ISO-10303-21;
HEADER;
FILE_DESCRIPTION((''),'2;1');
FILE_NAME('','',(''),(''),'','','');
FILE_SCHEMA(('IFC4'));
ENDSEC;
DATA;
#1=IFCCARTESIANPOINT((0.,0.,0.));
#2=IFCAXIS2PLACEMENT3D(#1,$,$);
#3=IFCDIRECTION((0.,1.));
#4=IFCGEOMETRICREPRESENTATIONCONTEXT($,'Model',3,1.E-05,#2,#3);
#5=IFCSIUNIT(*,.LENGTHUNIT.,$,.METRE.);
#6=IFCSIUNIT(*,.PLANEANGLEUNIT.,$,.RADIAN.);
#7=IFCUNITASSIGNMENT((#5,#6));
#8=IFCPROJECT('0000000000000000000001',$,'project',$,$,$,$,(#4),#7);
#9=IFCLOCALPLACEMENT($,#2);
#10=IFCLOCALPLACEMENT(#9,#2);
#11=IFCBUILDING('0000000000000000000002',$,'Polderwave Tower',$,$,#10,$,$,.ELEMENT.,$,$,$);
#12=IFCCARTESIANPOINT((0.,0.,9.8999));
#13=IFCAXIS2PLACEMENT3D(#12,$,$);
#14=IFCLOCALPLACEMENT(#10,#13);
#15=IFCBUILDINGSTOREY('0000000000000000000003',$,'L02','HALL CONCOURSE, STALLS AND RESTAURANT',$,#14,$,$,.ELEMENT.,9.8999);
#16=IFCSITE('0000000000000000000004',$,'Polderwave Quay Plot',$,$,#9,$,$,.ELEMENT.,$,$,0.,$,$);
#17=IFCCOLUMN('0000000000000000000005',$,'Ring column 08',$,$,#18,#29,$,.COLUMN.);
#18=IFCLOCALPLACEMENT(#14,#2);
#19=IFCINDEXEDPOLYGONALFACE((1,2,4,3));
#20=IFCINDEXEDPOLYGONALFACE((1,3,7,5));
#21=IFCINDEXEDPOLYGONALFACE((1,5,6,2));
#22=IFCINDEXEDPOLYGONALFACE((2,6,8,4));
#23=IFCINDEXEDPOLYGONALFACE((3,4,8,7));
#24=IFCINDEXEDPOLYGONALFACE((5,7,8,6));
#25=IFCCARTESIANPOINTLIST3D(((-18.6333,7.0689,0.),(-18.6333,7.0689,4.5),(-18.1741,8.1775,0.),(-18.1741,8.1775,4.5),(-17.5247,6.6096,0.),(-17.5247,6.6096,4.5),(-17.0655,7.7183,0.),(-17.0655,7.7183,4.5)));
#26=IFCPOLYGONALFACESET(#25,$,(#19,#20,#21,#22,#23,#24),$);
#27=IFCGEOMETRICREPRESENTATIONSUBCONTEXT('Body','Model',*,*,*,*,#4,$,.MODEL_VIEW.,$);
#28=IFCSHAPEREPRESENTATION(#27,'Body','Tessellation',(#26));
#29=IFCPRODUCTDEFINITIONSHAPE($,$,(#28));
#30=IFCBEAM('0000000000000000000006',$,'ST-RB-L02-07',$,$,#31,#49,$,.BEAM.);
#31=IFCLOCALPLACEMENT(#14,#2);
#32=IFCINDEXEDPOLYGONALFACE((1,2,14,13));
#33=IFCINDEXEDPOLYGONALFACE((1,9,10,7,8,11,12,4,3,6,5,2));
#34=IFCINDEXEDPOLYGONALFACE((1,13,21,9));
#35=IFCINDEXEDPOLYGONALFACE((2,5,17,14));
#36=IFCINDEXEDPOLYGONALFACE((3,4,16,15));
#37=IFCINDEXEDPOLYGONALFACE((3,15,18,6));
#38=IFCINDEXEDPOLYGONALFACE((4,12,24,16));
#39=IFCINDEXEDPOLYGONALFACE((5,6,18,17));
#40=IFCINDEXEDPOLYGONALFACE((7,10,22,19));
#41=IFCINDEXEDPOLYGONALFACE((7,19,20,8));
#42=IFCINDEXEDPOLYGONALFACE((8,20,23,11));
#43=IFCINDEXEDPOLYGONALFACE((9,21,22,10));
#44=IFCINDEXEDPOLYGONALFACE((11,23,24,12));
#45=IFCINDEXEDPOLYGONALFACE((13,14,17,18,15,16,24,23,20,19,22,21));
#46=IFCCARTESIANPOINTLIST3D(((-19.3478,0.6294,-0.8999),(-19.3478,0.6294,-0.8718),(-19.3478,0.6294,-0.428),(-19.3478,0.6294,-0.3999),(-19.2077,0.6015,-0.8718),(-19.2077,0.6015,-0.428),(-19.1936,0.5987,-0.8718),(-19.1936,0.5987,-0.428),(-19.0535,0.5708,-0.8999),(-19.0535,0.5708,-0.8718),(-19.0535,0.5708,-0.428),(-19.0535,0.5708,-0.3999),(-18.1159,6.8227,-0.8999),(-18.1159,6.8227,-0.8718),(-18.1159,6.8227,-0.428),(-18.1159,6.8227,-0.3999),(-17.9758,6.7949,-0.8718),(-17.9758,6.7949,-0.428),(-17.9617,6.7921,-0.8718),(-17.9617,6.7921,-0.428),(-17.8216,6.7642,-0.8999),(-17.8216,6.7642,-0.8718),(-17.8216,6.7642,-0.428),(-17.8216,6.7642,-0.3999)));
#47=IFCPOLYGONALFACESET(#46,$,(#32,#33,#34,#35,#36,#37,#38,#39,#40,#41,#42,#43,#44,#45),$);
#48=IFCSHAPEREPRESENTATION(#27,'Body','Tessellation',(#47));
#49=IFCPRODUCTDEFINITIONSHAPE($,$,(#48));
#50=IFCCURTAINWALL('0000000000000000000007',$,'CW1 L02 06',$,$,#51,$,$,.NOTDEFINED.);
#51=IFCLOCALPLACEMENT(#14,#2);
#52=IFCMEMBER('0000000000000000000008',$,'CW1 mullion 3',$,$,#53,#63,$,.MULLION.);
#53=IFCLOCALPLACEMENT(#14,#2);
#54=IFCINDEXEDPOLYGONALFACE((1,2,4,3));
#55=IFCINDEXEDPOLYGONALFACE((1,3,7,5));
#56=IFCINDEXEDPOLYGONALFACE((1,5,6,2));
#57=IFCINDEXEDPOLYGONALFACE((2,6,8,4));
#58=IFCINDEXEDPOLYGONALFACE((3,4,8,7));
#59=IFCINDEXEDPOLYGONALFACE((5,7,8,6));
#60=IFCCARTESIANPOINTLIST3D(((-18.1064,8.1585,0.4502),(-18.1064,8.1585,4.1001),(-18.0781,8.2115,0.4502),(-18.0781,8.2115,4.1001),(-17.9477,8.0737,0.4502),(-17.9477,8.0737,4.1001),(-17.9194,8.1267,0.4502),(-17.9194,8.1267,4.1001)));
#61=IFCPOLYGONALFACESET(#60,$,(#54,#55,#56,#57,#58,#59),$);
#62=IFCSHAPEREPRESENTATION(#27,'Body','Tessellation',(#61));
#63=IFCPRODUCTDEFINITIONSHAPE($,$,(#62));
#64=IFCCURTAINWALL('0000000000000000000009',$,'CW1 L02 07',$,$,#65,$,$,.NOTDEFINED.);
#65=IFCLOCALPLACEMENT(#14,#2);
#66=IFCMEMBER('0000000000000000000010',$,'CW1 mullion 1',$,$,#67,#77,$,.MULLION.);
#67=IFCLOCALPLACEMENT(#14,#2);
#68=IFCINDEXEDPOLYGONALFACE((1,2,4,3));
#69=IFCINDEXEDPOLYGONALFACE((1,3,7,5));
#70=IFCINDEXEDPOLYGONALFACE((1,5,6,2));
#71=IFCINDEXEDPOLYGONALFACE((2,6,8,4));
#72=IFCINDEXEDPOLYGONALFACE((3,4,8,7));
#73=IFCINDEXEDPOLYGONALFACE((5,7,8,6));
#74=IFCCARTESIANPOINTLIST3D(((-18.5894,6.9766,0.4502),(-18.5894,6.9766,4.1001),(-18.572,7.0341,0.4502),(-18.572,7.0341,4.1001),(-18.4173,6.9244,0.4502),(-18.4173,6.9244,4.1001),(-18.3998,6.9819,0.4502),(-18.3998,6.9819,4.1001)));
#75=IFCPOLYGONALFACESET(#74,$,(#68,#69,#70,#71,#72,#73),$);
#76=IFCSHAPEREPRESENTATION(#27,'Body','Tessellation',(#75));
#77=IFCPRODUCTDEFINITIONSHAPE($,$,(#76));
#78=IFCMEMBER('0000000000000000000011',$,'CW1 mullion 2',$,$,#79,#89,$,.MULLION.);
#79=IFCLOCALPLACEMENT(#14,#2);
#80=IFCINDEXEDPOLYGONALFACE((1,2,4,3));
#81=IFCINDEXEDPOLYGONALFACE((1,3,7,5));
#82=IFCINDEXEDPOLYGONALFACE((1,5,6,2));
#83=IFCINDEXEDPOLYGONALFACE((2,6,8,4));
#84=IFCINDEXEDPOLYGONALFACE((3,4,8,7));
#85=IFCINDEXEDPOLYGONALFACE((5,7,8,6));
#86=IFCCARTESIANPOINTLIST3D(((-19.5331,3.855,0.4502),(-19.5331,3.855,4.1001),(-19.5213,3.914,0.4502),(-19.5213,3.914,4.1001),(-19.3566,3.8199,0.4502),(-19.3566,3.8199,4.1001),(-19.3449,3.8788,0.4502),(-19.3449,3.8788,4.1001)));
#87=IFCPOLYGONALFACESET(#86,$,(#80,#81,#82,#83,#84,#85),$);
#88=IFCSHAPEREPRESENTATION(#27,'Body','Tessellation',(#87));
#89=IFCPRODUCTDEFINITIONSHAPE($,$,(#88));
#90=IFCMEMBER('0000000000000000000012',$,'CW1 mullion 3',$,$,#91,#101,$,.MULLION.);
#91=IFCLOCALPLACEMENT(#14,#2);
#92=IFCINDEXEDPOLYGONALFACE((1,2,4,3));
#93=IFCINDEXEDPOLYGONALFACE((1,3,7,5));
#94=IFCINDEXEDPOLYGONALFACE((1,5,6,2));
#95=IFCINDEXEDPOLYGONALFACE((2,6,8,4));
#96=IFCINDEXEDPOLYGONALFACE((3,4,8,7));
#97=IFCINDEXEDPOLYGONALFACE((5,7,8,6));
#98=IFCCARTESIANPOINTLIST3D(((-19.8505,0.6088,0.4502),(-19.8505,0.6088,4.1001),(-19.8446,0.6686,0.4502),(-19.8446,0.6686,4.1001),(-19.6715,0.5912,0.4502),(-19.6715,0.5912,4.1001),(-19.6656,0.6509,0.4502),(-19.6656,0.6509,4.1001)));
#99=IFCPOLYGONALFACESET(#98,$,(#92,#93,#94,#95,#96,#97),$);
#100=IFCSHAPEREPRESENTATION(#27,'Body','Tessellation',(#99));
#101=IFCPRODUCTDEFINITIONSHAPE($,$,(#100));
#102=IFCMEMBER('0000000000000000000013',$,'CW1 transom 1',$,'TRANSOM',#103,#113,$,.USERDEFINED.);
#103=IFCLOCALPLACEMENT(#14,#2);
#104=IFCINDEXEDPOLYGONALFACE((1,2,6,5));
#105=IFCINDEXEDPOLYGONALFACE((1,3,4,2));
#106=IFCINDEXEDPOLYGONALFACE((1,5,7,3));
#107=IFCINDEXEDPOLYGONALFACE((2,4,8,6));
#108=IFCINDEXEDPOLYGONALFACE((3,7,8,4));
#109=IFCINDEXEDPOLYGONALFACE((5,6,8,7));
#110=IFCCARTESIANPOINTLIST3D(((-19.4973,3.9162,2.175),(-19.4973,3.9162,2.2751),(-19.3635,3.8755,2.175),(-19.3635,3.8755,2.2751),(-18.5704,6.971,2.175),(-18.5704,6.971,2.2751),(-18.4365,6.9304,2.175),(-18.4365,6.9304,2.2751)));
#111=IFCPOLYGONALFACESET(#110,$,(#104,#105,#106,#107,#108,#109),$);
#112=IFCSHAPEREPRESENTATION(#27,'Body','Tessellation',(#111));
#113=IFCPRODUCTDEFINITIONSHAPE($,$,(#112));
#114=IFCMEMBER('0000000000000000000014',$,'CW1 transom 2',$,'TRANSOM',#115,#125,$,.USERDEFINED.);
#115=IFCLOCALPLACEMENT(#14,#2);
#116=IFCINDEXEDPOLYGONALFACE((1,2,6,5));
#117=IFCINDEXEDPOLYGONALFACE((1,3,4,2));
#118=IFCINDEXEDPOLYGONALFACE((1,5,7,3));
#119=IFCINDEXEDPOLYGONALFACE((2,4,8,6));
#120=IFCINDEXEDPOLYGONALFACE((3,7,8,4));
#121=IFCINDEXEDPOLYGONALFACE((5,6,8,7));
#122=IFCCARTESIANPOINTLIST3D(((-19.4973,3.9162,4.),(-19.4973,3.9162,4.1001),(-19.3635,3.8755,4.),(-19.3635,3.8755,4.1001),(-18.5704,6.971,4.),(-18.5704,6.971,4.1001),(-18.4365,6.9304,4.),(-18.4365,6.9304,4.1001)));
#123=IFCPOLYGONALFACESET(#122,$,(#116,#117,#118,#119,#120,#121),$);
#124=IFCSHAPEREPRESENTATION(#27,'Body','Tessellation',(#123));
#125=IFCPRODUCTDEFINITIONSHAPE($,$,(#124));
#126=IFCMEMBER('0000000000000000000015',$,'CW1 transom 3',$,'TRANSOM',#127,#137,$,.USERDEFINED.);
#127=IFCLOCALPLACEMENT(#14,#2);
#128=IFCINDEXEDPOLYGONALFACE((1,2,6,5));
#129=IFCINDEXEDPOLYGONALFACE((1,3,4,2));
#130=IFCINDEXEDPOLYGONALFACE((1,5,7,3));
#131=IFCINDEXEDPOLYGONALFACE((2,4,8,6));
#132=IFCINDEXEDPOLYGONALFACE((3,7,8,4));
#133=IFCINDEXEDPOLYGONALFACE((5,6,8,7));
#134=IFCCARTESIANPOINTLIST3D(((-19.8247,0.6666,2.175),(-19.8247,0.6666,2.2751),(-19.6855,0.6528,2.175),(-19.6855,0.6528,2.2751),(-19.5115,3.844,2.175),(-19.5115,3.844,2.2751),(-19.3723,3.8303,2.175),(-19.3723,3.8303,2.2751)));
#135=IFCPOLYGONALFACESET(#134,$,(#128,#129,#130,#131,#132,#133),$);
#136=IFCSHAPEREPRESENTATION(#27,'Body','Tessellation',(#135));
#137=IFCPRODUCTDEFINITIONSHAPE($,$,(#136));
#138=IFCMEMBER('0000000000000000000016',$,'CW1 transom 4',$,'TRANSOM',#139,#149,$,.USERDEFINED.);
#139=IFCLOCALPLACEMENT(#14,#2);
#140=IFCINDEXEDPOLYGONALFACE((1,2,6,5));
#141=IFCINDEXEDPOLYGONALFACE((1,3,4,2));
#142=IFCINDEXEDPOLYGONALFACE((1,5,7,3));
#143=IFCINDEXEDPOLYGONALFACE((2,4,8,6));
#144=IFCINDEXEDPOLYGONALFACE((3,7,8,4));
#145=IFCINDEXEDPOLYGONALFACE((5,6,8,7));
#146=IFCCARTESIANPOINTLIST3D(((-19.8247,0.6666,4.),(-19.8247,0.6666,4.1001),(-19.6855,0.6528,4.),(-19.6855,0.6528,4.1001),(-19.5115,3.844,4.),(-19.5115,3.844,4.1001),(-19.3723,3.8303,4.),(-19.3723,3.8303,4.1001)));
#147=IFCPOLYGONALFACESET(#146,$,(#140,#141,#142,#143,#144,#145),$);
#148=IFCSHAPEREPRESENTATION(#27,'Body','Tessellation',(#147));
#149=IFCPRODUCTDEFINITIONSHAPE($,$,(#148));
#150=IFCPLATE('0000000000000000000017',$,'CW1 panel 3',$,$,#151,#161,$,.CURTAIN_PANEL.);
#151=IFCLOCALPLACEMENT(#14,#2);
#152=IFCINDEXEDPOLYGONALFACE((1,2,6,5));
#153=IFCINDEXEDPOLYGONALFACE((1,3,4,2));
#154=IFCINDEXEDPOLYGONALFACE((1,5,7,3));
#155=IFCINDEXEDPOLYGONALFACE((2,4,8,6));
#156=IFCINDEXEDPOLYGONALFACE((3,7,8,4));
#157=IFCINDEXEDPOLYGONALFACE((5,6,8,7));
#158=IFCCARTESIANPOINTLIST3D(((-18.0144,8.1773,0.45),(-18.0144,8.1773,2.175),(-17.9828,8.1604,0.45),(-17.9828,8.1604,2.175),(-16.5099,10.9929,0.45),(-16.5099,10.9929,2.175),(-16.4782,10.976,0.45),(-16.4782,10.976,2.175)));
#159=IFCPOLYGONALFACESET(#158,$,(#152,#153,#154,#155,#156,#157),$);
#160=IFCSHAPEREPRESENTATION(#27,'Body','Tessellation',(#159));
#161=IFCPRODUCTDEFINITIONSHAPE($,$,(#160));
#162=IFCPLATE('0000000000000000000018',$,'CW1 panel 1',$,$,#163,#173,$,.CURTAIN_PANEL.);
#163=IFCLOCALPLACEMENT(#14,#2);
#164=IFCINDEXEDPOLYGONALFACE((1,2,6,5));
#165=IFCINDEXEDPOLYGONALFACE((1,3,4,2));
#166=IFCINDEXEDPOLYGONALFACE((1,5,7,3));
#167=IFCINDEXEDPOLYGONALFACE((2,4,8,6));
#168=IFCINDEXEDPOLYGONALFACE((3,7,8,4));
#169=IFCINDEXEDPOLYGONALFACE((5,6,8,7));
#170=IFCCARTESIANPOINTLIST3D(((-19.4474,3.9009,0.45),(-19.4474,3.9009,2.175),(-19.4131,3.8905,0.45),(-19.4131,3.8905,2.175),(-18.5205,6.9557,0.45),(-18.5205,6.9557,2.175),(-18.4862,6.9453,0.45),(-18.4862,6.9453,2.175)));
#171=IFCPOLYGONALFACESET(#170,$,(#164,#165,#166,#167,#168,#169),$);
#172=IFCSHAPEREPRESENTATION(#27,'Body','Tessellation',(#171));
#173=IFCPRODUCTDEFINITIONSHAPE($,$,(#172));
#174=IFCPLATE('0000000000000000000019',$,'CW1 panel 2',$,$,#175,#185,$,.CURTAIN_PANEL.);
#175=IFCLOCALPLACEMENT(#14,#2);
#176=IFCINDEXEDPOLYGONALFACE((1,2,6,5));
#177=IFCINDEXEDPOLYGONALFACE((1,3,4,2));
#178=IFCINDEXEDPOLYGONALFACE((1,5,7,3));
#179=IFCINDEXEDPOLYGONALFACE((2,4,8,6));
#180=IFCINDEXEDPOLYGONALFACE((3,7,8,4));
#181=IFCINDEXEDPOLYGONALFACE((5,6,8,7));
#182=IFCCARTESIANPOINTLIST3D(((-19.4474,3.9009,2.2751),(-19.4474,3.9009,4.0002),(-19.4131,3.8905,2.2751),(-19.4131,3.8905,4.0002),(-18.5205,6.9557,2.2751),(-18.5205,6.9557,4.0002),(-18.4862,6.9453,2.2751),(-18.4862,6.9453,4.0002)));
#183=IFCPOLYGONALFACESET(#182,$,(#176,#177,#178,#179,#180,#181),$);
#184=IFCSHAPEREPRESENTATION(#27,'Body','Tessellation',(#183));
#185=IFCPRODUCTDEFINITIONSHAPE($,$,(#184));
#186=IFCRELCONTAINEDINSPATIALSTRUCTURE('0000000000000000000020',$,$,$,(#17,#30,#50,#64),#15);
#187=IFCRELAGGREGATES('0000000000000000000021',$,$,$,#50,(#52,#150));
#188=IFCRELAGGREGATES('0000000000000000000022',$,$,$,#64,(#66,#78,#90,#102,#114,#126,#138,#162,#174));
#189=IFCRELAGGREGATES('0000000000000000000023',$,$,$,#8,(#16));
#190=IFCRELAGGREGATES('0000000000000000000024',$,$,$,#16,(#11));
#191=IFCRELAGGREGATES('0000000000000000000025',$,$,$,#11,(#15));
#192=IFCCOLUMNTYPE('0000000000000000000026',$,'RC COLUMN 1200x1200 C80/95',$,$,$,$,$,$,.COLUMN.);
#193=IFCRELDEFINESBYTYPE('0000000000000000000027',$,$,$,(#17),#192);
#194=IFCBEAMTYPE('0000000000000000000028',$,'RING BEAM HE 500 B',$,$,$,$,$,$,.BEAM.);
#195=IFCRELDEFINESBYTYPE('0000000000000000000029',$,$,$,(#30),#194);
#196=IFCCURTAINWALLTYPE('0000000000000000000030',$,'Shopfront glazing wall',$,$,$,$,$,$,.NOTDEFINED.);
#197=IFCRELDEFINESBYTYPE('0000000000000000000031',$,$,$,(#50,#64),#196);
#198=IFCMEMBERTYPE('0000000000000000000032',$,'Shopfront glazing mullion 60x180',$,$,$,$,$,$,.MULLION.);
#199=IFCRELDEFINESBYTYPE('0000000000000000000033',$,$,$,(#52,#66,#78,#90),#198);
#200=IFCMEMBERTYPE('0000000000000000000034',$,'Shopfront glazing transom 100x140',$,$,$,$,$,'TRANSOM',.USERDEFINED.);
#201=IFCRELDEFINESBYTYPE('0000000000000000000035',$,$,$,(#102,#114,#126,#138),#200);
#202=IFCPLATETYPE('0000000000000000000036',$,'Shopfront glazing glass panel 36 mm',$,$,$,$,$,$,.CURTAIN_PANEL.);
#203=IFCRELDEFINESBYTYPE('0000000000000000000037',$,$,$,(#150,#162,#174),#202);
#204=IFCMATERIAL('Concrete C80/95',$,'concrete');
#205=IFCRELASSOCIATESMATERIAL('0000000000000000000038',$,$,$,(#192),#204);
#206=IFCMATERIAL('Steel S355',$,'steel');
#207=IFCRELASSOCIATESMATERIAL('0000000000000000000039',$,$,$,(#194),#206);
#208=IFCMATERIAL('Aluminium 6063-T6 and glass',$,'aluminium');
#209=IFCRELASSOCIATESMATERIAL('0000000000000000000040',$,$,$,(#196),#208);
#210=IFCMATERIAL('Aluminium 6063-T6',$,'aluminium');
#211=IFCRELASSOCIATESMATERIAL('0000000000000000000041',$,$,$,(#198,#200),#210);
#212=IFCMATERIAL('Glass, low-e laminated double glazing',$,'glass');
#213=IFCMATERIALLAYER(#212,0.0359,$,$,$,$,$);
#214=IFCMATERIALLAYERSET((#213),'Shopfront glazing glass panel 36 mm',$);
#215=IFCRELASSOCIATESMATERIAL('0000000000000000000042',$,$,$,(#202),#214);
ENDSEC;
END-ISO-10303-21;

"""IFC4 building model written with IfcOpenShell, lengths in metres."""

from ifc_helpers import new_model, si_unit, direction, frame, origin, origin_2d, place, context, subcontext, project, spatial, rectangle, i_section, extrude, material, layer, layer_set, material_profile, profile_set, type_object, element, aggregate, save


model = new_model("IFC4")

# Units and contexts
model_context = context("Model", 3, precision=1e-05, world=origin(), true_north=direction((0.0, 1.0)))
body_context = subcontext(model_context, "Body", "Model", "MODEL_VIEW")
ifc_project = project(units=[si_unit("LENGTHUNIT", "METRE"), si_unit("PLANEANGLEUNIT", "RADIAN")], contexts=[model_context])

# Site, building, storey
site_placement = place(None, origin())
site = spatial("IfcSite", under=ifc_project, at=site_placement, Name="Polderwave Quay Plot", CompositionType="ELEMENT", RefElevation=0.0)
building_placement = place(site_placement, origin())
building = spatial("IfcBuilding", under=site, at=building_placement, Name="Polderwave Tower", CompositionType="ELEMENT")
storey_placement = place(building_placement, frame((0.0, 0.0, 9.8999)))
storey = spatial("IfcBuildingStorey", under=building, at=storey_placement, Name="L02", Description="HALL CONCOURSE, STALLS AND RESTAURANT", CompositionType="ELEMENT", Elevation=9.8999)

# Column
ifc_material_1 = material(Name="Concrete C80/95", Category="concrete")
ifc_material_profile_1 = material_profile(ifc_material_1, rectangle(XDim=1.2, YDim=1.2, at=origin_2d()), Name="RC 1200x1200")
ifc_profile_set_1 = profile_set([ifc_material_profile_1], Name="Concrete C80/95")
column_type = type_object("IfcColumnType", Name="RC COLUMN 1200x1200 C80/95", PredefinedType="COLUMN", material=ifc_profile_set_1)
column_placement = place(storey_placement, frame((-17.8494, 7.3936, 0.0), z_axis=(0.0, 0.0, 1.0), x_axis=(-0.92388, 0.382683, 0.0)))
element("IfcColumn", 1, at=column_placement, inside=storey, type_object=column_type, Name="Ring column 08", PredefinedType="COLUMN", context=body_context, shape_type="SweptSolid", body=[
    extrude(rectangle(XDim=1.2, YDim=1.2, at=origin_2d()), origin(), (0.0, 0.0, 1.0), 4.5),
])

# Beam
ifc_material_2 = material(Name="Steel S355", Category="steel")
ifc_material_profile_2 = material_profile(ifc_material_2, i_section(OverallWidth=0.3, OverallDepth=0.5, WebThickness=0.0144, FlangeThickness=0.0281, at=origin_2d()), Name="HE 500 B")
ifc_profile_set_2 = profile_set([ifc_material_profile_2], Name="Steel S355")
beam_type = type_object("IfcBeamType", Name="RING BEAM HE 500 B", PredefinedType="BEAM", material=ifc_profile_set_2)
beam_placement = place(storey_placement, frame((-17.9688, 6.7935, -0.6499), z_axis=(-0.19509, -0.980785, 0.0), x_axis=(0.980785, -0.19509, 0.0)))
element("IfcBeam", 2, at=beam_placement, inside=storey, type_object=beam_type, Name="ST-RB-L02-07", PredefinedType="BEAM", context=body_context, shape_type="SweptSolid", body=[
    extrude(i_section(OverallWidth=0.3, OverallDepth=0.5, WebThickness=0.0144, FlangeThickness=0.0281, at=origin_2d()), origin(), (0.0, 0.0, 1.0), 6.3147),
])

# Curtain wall, member
ifc_material_3 = material(Name="Aluminium 6063-T6 and glass", Category="aluminium")
curtain_wall_type = type_object("IfcCurtainWallType", Name="Shopfront glazing wall", PredefinedType="NOTDEFINED", material=ifc_material_3)
curtain_wall_1_placement = place(storey_placement, origin())
curtain_wall_1 = element("IfcCurtainWall", 3, at=curtain_wall_1_placement, inside=storey, type_object=curtain_wall_type, Name="CW1 L02 06", PredefinedType="NOTDEFINED")
ifc_material_4 = material(Name="Aluminium 6063-T6", Category="aluminium")
ifc_material_profile_3 = material_profile(ifc_material_4, rectangle(XDim=0.1799, YDim=0.0601, at=origin_2d()), Name="AL 60x180")
ifc_profile_set_3 = profile_set([ifc_material_profile_3], Name="Aluminium 6063-T6")
member_type_1 = type_object("IfcMemberType", Name="Shopfront glazing mullion 60x180", PredefinedType="MULLION", material=ifc_profile_set_3)
member_1_placement = place(storey_placement, frame((-18.0129, 8.1426, 0.4502), z_axis=(0.0, 0.0, 1.0), x_axis=(0.881973, -0.4713, 0.0)))
member_1 = element("IfcMember", 4, at=member_1_placement, type_object=member_type_1, Name="CW1 mullion 3", PredefinedType="MULLION", context=body_context, shape_type="SweptSolid", body=[
    extrude(rectangle(XDim=0.1799, YDim=0.0601, at=origin_2d()), origin(), (0.0, 0.0, 1.0), 3.6499),
])

# Curtain wall, members
curtain_wall_2_placement = place(storey_placement, origin())
curtain_wall_2 = element("IfcCurtainWall", 5, at=curtain_wall_2_placement, inside=storey, type_object=curtain_wall_type, Name="CW1 L02 07", PredefinedType="NOTDEFINED")
member_2_placement = place(storey_placement, frame((-18.4946, 6.9792, 0.4502), z_axis=(0.0, 0.0, 1.0), x_axis=(0.956925, -0.290336, 0.0)))
member_2 = element("IfcMember", 6, at=member_2_placement, type_object=member_type_1, Name="CW1 mullion 1", PredefinedType="MULLION", context=body_context, shape_type="SweptSolid", body=[
    extrude(rectangle(XDim=0.1799, YDim=0.0601, at=origin_2d()), origin(), (0.0, 0.0, 1.0), 3.6499),
])
member_3_placement = place(storey_placement, frame((-19.439, 3.8669, 0.4502), z_axis=(0.0, 0.0, 1.0), x_axis=(0.980773, -0.195152, 0.0)))
member_3 = element("IfcMember", 7, at=member_3_placement, type_object=member_type_1, Name="CW1 mullion 2", PredefinedType="MULLION", context=body_context, shape_type="SweptSolid", body=[
    extrude(rectangle(XDim=0.1799, YDim=0.0601, at=origin_2d()), origin(), (0.0, 0.0, 1.0), 3.6499),
])
member_4_placement = place(storey_placement, frame((-19.7581, 0.6299, 0.4502), z_axis=(0.0, 0.0, 1.0), x_axis=(0.995178, -0.098087, 0.0)))
member_4 = element("IfcMember", 8, at=member_4_placement, type_object=member_type_1, Name="CW1 mullion 3", PredefinedType="MULLION", context=body_context, shape_type="SweptSolid", body=[
    extrude(rectangle(XDim=0.1799, YDim=0.0601, at=origin_2d()), origin(), (0.0, 0.0, 1.0), 3.6499),
])
ifc_material_profile_4 = material_profile(ifc_material_4, rectangle(XDim=0.1399, YDim=0.1001, at=origin_2d()), Name="AL 100x140")
ifc_profile_set_4 = profile_set([ifc_material_profile_4], Name="Aluminium 6063-T6")
member_type_2 = type_object("IfcMemberType", Name="Shopfront glazing transom 100x140", ElementType="TRANSOM", PredefinedType="USERDEFINED", material=ifc_profile_set_4)
member_5_placement = place(storey_placement, frame((-18.5034, 6.9507, 2.2251), z_axis=(-0.29037, -0.956914, 0.0), x_axis=(0.956914, -0.29037, 0.0)))
member_5 = element("IfcMember", 9, at=member_5_placement, type_object=member_type_2, Name="CW1 transom 1", ObjectType="TRANSOM", PredefinedType="USERDEFINED", context=body_context, shape_type="SweptSolid", body=[
    extrude(rectangle(XDim=0.1399, YDim=0.1001, at=origin_2d()), origin(), (0.0, 0.0, 1.0), 3.1924),
])
member_6_placement = place(storey_placement, frame((-18.5034, 6.9507, 4.05), z_axis=(-0.29037, -0.956914, 0.0), x_axis=(0.956914, -0.29037, 0.0)))
member_6 = element("IfcMember", 10, at=member_6_placement, type_object=member_type_2, Name="CW1 transom 2", ObjectType="TRANSOM", PredefinedType="USERDEFINED", context=body_context, shape_type="SweptSolid", body=[
    extrude(rectangle(XDim=0.1399, YDim=0.1001, at=origin_2d()), origin(), (0.0, 0.0, 1.0), 3.1924),
])
member_7_placement = place(storey_placement, frame((-19.4419, 3.8372, 2.2251), z_axis=(-0.098103, -0.995176, 0.0), x_axis=(0.995176, -0.098103, 0.0)))
member_7 = element("IfcMember", 11, at=member_7_placement, type_object=member_type_2, Name="CW1 transom 3", ObjectType="TRANSOM", PredefinedType="USERDEFINED", context=body_context, shape_type="SweptSolid", body=[
    extrude(rectangle(XDim=0.1399, YDim=0.1001, at=origin_2d()), origin(), (0.0, 0.0, 1.0), 3.1929),
])
member_8_placement = place(storey_placement, frame((-19.4419, 3.8372, 4.05), z_axis=(-0.098103, -0.995176, 0.0), x_axis=(0.995176, -0.098103, 0.0)))
member_8 = element("IfcMember", 12, at=member_8_placement, type_object=member_type_2, Name="CW1 transom 4", ObjectType="TRANSOM", PredefinedType="USERDEFINED", context=body_context, shape_type="SweptSolid", body=[
    extrude(rectangle(XDim=0.1399, YDim=0.1001, at=origin_2d()), origin(), (0.0, 0.0, 1.0), 3.1929),
])

# Plates
ifc_material_5 = material(Name="Glass, low-e laminated double glazing", Category="glass")
ifc_layer_1 = layer(ifc_material_5, 0.0359)
ifc_layer_set_1 = layer_set([ifc_layer_1], Name="Shopfront glazing glass panel 36 mm")
plate_type = type_object("IfcPlateType", Name="Shopfront glazing glass panel 36 mm", PredefinedType="CURTAIN_PANEL", material=ifc_layer_set_1)
plate_1_placement = place(storey_placement, frame((-17.2463, 9.5767, 0.45), z_axis=(0.0, 0.0, 1.0), x_axis=(-0.4713, -0.881973, 0.0)))
plate_1 = element("IfcPlate", 13, at=plate_1_placement, type_object=plate_type, Name="CW1 panel 3", PredefinedType="CURTAIN_PANEL", context=body_context, shape_type="SweptSolid", body=[
    extrude(rectangle(XDim=3.1924, YDim=0.0359, at=origin_2d()), origin(), (0.0, 0.0, 1.0), 1.7251),
])
aggregate(curtain_wall_1, [member_1, plate_1])
plate_2_placement = place(storey_placement, frame((-18.9668, 5.4231, 0.45), z_axis=(0.0, 0.0, 1.0), x_axis=(-0.290336, -0.956925, 0.0)))
plate_2 = element("IfcPlate", 14, at=plate_2_placement, type_object=plate_type, Name="CW1 panel 1", PredefinedType="CURTAIN_PANEL", context=body_context, shape_type="SweptSolid", body=[
    extrude(rectangle(XDim=3.1924, YDim=0.0359, at=origin_2d()), origin(), (0.0, 0.0, 1.0), 1.7251),
])
plate_3_placement = place(storey_placement, frame((-18.9668, 5.4231, 2.2751), z_axis=(0.0, 0.0, 1.0), x_axis=(-0.290336, -0.956925, 0.0)))
plate_3 = element("IfcPlate", 15, at=plate_3_placement, type_object=plate_type, Name="CW1 panel 2", PredefinedType="CURTAIN_PANEL", context=body_context, shape_type="SweptSolid", body=[
    extrude(rectangle(XDim=3.1924, YDim=0.0359, at=origin_2d()), origin(), (0.0, 0.0, 1.0), 1.7251),
])
aggregate(curtain_wall_2, [member_2, member_3, member_4, member_5, member_6, member_7, member_8, plate_2, plate_3])

save(model, "model.ifc")
